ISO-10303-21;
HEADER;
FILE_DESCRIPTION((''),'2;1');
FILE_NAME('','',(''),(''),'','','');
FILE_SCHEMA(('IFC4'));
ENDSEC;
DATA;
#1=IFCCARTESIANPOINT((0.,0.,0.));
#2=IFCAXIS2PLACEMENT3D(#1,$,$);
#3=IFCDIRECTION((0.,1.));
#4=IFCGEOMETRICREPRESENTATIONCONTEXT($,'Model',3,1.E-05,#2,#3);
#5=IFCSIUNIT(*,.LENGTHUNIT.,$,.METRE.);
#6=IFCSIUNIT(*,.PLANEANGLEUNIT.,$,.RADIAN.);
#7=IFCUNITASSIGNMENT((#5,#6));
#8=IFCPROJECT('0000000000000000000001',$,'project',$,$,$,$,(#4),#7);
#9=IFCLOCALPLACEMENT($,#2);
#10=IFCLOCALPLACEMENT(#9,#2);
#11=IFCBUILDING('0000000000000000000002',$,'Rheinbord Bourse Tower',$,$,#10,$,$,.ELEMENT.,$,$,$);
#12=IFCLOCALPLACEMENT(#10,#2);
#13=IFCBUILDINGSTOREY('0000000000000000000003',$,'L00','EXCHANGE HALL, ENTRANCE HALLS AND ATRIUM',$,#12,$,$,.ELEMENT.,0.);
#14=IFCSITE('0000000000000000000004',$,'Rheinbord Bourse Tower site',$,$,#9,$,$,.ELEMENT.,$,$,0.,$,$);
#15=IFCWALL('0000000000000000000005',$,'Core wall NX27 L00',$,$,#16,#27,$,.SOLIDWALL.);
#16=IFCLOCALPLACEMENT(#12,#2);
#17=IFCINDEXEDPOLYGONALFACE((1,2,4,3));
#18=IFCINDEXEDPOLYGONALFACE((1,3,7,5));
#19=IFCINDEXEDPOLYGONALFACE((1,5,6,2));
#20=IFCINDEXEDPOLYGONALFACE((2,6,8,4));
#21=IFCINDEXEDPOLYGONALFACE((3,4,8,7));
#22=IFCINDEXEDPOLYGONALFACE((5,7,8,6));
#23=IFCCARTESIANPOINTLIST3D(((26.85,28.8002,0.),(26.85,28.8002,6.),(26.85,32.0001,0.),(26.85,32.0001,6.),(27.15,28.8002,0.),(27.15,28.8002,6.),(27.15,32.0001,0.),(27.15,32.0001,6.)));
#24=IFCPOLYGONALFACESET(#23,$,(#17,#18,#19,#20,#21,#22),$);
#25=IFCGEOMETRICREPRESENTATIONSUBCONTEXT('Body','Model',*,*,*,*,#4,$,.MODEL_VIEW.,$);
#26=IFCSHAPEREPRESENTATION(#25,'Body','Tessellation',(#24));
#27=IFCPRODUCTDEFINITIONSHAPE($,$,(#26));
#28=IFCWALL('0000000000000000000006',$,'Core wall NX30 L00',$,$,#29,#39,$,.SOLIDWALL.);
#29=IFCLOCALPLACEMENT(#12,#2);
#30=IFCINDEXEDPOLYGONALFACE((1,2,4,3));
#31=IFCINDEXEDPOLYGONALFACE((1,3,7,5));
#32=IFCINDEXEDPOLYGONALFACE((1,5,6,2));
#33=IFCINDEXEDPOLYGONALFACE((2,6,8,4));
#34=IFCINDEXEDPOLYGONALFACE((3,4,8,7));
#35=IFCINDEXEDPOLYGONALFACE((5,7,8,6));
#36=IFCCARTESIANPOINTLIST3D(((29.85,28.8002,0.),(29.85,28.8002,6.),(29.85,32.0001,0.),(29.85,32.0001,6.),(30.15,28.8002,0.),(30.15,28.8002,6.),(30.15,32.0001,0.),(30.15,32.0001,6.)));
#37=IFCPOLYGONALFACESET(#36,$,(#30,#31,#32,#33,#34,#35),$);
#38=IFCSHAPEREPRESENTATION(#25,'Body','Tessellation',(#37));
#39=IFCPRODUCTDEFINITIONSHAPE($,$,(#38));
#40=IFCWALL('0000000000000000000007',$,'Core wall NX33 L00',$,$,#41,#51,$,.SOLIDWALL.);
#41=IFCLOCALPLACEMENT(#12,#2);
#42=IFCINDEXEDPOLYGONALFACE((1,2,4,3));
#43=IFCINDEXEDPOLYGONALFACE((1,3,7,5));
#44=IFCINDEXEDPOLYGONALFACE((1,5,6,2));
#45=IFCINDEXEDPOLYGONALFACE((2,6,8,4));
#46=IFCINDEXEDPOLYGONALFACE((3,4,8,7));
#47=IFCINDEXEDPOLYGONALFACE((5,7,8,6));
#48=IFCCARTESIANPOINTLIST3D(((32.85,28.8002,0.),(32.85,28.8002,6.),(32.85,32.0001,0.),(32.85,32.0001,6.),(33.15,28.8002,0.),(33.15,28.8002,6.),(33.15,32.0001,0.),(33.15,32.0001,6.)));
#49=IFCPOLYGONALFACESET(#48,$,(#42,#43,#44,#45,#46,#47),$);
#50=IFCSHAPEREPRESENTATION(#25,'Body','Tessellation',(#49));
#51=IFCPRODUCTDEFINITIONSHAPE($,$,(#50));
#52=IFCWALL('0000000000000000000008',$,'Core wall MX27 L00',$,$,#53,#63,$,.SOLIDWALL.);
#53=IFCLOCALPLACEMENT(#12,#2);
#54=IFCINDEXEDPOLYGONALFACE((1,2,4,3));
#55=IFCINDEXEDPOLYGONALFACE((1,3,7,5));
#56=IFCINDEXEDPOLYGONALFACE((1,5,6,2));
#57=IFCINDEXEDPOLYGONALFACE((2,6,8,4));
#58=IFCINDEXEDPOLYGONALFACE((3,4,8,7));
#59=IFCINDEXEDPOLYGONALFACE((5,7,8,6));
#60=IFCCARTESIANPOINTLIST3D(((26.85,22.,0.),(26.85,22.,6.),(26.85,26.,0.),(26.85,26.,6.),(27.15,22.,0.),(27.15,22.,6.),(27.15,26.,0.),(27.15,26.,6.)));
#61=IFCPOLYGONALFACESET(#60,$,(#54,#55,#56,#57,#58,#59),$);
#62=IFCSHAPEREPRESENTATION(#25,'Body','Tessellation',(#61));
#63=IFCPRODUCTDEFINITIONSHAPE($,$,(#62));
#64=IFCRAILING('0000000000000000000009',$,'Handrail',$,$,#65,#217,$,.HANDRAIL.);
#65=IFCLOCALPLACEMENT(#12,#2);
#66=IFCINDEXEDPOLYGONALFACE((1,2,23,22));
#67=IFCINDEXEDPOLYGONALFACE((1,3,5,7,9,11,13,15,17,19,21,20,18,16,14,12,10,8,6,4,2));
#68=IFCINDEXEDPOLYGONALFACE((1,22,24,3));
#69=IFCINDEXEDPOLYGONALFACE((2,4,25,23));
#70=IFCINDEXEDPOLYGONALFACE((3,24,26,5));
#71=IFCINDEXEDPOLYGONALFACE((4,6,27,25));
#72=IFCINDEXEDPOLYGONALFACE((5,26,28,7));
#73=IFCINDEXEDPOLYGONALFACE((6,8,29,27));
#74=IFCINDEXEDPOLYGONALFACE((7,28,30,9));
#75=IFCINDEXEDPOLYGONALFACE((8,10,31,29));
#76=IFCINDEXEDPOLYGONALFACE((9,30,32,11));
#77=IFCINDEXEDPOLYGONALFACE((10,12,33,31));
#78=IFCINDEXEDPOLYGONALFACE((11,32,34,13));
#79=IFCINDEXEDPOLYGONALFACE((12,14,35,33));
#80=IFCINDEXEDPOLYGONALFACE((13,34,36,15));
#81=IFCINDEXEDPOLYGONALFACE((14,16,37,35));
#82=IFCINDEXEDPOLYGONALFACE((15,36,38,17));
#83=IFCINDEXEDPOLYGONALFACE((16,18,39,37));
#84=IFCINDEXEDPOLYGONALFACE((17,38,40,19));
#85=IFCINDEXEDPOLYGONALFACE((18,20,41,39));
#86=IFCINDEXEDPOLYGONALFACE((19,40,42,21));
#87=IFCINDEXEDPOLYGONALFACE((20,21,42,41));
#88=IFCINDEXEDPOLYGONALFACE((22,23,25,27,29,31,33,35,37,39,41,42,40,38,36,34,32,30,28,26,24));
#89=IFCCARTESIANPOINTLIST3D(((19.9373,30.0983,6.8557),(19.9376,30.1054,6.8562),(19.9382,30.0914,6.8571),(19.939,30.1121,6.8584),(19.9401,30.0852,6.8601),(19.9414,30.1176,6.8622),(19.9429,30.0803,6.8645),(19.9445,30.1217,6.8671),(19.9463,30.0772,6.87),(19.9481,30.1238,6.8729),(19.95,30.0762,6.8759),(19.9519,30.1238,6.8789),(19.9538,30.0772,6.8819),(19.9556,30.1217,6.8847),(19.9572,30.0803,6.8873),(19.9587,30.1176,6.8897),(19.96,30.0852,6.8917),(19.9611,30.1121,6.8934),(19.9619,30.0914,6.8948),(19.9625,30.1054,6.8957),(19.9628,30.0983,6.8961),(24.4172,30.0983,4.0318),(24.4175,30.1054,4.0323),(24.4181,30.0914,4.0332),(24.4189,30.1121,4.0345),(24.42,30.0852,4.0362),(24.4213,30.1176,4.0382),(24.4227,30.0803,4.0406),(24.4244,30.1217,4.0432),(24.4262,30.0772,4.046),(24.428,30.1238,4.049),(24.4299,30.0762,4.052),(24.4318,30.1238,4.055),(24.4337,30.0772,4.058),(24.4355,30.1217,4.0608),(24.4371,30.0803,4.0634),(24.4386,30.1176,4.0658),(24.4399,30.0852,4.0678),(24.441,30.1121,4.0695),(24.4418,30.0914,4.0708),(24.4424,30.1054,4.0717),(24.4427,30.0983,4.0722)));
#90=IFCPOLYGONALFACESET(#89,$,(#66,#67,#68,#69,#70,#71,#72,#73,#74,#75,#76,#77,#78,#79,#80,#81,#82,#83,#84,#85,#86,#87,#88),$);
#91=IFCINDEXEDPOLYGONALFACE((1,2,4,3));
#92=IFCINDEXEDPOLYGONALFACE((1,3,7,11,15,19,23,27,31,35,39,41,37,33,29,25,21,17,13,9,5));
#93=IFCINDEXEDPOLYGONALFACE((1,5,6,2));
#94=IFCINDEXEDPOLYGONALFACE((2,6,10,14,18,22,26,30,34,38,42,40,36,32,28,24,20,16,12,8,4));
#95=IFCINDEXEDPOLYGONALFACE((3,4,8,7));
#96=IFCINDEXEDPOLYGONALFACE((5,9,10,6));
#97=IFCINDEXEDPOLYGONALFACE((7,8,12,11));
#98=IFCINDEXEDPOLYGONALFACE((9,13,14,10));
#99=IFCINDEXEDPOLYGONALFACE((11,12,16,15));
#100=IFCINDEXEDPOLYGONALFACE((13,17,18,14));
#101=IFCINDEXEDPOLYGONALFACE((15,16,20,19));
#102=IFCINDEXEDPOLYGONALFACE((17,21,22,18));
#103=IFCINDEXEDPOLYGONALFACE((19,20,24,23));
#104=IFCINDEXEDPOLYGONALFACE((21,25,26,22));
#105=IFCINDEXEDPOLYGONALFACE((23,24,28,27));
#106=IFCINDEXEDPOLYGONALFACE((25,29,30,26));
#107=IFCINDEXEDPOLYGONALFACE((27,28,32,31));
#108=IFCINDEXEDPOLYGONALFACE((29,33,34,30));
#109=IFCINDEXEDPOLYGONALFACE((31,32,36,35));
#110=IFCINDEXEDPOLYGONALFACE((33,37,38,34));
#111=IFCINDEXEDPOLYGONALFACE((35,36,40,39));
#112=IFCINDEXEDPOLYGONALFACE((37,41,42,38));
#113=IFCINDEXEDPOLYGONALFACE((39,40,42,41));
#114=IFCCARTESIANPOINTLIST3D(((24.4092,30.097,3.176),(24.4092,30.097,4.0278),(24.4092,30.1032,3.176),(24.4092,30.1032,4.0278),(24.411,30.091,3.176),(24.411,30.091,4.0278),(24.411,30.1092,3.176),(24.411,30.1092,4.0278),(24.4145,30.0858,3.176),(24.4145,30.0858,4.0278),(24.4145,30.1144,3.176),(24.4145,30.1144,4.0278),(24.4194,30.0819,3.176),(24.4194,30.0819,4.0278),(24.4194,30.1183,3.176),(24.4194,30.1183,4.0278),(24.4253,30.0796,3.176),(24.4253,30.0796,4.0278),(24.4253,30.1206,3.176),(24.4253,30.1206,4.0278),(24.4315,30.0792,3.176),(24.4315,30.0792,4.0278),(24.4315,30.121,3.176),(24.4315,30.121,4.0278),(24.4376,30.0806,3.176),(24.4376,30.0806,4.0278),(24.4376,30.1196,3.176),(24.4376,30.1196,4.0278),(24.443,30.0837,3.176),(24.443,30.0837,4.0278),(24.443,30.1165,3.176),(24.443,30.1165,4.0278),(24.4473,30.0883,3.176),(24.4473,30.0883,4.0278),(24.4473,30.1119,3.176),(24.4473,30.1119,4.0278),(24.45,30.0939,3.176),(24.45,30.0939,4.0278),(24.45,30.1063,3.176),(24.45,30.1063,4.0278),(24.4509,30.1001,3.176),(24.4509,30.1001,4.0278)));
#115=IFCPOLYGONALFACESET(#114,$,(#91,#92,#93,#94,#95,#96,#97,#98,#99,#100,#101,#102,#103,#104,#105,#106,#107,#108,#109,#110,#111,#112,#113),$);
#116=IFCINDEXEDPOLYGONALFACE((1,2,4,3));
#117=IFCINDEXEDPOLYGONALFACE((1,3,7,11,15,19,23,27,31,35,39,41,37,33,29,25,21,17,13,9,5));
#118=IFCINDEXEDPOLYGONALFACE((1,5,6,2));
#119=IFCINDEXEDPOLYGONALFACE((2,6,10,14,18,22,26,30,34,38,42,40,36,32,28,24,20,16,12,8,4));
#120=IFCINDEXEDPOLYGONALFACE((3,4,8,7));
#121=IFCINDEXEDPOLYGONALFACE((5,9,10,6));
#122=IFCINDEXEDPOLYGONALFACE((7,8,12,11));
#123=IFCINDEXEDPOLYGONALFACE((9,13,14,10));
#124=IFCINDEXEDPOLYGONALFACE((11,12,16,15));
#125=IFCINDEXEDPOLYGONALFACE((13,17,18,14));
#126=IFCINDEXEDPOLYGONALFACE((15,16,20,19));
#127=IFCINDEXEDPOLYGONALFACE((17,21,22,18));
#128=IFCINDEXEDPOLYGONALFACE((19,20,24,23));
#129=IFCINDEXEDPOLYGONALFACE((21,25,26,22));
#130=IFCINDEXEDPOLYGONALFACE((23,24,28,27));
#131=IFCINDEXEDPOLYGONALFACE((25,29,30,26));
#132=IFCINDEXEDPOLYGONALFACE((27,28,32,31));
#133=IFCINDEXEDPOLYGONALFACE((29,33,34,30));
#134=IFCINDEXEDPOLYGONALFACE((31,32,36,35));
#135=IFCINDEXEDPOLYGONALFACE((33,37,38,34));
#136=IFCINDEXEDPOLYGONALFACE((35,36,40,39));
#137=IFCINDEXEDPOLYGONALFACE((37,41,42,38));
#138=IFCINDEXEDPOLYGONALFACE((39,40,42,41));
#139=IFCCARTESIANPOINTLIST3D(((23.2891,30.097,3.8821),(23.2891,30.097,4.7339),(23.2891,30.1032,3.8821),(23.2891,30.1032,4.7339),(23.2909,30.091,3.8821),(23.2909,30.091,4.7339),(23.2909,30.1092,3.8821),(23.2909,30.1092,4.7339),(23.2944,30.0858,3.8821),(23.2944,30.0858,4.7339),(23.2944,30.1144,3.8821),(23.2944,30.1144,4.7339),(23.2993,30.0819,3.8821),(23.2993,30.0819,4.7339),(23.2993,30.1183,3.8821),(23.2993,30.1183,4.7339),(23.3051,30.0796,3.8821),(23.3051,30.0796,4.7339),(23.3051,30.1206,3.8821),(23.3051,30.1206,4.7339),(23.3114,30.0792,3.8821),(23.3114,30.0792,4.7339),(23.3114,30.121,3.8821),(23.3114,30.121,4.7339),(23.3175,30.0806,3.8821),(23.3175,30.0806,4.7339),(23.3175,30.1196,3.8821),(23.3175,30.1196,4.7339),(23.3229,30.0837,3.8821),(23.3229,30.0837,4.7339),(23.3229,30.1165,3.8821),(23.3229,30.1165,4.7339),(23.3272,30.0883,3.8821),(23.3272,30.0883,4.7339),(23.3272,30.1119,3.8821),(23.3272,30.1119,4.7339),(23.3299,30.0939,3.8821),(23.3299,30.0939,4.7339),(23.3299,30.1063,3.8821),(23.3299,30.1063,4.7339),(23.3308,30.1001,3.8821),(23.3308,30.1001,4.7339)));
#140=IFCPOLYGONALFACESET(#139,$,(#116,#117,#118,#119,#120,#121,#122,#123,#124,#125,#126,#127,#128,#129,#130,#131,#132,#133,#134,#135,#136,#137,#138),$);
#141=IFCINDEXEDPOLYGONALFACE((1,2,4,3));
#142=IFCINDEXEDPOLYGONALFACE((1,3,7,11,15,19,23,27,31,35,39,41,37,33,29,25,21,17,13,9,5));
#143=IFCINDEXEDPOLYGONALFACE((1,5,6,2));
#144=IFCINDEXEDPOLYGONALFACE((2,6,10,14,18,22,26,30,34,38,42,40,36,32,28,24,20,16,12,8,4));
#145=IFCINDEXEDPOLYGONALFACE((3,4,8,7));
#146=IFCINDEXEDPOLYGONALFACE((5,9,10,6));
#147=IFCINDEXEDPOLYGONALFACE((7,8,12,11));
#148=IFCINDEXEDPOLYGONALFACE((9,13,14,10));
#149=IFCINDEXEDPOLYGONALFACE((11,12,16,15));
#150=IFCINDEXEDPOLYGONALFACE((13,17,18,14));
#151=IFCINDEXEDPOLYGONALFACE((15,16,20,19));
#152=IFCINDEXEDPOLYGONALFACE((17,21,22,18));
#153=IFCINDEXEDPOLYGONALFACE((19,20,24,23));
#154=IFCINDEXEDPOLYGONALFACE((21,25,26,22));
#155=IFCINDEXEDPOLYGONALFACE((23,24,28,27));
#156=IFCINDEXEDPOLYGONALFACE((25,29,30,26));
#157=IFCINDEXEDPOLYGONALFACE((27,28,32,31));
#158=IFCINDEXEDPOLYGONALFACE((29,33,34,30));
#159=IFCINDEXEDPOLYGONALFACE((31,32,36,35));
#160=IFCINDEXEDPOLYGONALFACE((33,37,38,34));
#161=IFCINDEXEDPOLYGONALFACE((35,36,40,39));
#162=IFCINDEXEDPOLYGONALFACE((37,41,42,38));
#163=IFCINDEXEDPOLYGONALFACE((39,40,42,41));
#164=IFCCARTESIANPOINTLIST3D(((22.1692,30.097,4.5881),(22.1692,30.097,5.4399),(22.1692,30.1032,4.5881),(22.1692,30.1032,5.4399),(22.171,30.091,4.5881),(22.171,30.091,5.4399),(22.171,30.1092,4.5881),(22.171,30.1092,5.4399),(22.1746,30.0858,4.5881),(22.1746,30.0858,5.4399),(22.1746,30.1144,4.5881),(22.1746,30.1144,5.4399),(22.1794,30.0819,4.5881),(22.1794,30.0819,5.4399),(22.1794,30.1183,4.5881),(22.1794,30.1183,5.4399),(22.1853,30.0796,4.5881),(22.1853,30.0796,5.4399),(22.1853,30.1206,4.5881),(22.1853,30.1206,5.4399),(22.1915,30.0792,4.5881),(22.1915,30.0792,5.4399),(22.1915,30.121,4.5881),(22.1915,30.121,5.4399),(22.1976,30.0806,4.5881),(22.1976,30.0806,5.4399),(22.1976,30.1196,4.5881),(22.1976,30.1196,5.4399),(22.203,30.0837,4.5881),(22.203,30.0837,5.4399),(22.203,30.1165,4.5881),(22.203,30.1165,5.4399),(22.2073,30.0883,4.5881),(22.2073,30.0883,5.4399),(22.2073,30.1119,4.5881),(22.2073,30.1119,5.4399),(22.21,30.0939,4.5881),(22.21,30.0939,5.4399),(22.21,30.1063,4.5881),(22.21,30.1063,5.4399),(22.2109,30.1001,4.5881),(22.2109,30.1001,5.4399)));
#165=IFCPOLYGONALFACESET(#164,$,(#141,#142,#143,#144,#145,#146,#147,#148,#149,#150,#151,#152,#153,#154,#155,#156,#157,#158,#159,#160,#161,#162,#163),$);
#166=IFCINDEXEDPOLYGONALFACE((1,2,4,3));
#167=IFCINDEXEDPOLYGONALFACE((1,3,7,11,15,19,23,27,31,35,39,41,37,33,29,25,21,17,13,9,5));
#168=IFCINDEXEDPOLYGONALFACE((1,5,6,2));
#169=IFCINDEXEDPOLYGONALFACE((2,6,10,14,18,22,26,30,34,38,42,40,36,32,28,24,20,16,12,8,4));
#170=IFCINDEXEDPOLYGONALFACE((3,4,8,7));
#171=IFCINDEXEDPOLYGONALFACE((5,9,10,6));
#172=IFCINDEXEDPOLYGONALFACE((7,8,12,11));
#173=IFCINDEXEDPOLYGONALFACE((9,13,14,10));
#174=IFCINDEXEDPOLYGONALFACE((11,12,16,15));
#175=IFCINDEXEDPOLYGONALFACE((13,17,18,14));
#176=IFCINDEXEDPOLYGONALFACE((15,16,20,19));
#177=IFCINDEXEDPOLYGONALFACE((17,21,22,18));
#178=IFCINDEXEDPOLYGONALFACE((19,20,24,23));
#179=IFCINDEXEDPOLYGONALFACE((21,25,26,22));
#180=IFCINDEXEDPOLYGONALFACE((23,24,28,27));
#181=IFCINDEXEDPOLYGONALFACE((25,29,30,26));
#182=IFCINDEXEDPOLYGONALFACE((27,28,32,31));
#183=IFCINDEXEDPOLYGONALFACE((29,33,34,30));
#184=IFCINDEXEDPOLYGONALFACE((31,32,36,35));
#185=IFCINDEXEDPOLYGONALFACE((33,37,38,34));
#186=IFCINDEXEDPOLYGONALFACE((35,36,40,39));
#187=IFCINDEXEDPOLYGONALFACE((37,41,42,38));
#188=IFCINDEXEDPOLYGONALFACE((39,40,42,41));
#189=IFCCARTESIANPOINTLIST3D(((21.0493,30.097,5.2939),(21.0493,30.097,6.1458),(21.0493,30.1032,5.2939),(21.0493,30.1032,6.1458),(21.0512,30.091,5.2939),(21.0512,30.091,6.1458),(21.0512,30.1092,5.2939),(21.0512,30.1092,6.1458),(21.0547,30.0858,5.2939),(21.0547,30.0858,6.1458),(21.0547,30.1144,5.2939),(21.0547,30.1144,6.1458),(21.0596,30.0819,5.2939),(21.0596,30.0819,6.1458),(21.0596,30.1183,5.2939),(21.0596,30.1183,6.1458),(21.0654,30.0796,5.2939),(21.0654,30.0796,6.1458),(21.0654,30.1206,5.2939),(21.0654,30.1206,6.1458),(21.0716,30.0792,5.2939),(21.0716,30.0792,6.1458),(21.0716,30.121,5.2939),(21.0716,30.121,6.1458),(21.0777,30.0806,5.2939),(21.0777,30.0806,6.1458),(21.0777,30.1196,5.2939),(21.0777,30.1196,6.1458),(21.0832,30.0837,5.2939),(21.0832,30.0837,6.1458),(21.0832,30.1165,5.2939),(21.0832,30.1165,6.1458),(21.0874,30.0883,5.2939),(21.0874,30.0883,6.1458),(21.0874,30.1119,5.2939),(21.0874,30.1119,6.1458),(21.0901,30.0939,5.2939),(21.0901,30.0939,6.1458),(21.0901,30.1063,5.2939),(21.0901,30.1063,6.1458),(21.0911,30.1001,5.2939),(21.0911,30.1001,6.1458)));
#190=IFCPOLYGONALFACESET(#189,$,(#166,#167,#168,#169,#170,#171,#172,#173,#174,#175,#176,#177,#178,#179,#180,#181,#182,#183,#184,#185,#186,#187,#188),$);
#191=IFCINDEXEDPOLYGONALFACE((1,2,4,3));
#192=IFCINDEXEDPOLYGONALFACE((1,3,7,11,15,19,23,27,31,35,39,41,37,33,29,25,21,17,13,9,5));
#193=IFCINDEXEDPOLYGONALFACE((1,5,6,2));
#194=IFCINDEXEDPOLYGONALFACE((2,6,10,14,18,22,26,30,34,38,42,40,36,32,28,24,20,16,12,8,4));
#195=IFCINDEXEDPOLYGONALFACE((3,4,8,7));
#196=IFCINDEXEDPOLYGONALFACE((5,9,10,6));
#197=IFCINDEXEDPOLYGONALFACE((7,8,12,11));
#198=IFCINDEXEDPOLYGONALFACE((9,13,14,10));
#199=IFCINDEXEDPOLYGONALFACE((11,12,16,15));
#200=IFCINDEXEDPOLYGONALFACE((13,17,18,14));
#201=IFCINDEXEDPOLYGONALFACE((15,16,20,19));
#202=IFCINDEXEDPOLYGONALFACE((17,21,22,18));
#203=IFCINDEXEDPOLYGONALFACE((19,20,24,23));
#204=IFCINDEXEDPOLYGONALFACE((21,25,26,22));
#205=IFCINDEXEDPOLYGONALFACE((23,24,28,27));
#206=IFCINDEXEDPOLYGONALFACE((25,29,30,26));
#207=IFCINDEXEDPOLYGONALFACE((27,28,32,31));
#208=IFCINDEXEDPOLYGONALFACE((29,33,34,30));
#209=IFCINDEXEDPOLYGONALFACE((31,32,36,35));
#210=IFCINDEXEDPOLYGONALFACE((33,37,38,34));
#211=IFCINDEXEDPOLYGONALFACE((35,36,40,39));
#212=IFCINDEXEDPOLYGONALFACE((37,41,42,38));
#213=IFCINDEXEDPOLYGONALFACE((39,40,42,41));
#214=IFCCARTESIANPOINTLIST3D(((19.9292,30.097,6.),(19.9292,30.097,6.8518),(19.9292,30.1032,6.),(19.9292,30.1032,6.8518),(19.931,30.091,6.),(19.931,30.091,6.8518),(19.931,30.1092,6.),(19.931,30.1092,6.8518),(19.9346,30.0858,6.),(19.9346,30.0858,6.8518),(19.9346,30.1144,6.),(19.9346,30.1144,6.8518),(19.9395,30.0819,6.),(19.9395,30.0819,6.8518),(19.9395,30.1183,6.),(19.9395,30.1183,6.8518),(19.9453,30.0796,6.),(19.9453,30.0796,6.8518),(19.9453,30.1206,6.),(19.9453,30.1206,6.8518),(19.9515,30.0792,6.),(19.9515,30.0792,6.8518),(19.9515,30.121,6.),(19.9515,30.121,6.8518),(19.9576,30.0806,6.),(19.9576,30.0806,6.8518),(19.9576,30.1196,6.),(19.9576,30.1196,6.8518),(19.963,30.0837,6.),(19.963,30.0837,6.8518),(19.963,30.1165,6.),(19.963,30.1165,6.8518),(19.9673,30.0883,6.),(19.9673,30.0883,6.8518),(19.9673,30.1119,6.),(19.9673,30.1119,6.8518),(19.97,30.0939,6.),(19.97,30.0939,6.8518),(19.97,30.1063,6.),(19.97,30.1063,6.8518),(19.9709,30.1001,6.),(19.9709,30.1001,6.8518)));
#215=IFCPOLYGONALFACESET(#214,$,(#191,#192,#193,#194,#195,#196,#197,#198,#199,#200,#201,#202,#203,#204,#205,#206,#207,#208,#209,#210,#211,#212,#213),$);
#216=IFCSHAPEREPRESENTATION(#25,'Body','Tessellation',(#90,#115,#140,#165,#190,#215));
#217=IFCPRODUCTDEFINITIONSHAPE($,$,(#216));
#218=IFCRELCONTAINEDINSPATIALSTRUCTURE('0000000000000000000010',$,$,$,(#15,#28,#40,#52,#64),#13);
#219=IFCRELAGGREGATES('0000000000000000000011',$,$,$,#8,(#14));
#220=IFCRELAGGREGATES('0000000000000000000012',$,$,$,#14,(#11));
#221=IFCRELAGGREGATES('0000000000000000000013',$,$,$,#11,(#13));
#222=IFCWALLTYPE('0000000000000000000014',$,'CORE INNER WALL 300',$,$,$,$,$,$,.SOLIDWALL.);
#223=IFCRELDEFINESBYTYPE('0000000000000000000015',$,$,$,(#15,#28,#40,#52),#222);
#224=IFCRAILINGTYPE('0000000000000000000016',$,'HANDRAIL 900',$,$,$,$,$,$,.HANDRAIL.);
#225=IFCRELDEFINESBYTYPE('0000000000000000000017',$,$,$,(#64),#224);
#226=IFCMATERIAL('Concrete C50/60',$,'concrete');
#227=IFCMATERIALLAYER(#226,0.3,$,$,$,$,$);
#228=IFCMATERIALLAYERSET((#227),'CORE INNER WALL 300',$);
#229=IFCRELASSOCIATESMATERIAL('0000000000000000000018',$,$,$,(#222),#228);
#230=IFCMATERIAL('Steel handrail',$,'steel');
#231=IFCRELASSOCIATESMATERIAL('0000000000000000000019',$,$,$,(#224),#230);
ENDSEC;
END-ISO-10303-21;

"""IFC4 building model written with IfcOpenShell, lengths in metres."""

from ifc_helpers import new_model, si_unit, direction, frame, frame_2d, origin, origin_2d, place, context, subcontext, project, spatial, rectangle, circle, extrude, material, layer, layer_set, type_object, element, save


model = new_model("IFC4")

# Units and contexts
model_context = context("Model", 3, precision=1e-05, world=origin(), true_north=direction((0.0, 1.0)))
body_context = subcontext(model_context, "Body", "Model", "MODEL_VIEW")
ifc_project = project(units=[si_unit("LENGTHUNIT", "METRE"), si_unit("PLANEANGLEUNIT", "RADIAN")], contexts=[model_context])

# Site, building, storey
site_placement = place(None, origin())
site = spatial("IfcSite", under=ifc_project, at=site_placement, Name="Rheinbord Bourse Tower site", CompositionType="ELEMENT", RefElevation=0.0)
building_placement = place(site_placement, origin())
building = spatial("IfcBuilding", under=site, at=building_placement, Name="Rheinbord Bourse Tower", CompositionType="ELEMENT")
storey_placement = place(building_placement, origin())
storey = spatial("IfcBuildingStorey", under=building, at=storey_placement, Name="L00", Description="EXCHANGE HALL, ENTRANCE HALLS AND ATRIUM", CompositionType="ELEMENT", Elevation=0.0)

# Shared definitions
ifc_material_1 = material(Name="Concrete C50/60", Category="concrete")
ifc_layer = layer(ifc_material_1, 0.3)
ifc_layer_set = layer_set([ifc_layer], Name="CORE INNER WALL 300")
wall_type = type_object("IfcWallType", Name="CORE INNER WALL 300", PredefinedType="SOLIDWALL", material=ifc_layer_set)

# Walls
for number, where, z_axis, x_axis, name in (
    (1, (27.0, 28.8, 0.0), (0.0, 0.0, 1.0), (0.0, 1.0, 0.0), "Core wall NX27 L00"),
    (2, (30.0, 28.8, 0.0), (0.0, 0.0, 1.0), (0.0, 1.0, 0.0), "Core wall NX30 L00"),
    (3, (33.0, 28.8, 0.0), (0.0, 0.0, 1.0), (0.0, 1.0, 0.0), "Core wall NX33 L00"),
):
    element("IfcWall", number, at=place(storey_placement, frame(where, z_axis=z_axis, x_axis=x_axis)), inside=storey, type_object=wall_type, Name=name, PredefinedType="SOLIDWALL", context=body_context, shape_type="SweptSolid", body=[
        extrude(rectangle(XDim=3.2, YDim=0.3, at=frame_2d((1.6001, 0.0))), origin(), (0.0, 0.0, 1.0), 6.0),
    ])
wall_1_placement = place(storey_placement, frame((27.0, 22.0, 0.0), z_axis=(0.0, 0.0, 1.0), x_axis=(0.0, 1.0, 0.0)))
element("IfcWall", 4, at=wall_1_placement, inside=storey, type_object=wall_type, Name="Core wall MX27 L00", PredefinedType="SOLIDWALL", context=body_context, shape_type="SweptSolid", body=[
    extrude(rectangle(XDim=4.0, YDim=0.3, at=frame_2d((2.0, 0.0))), origin(), (0.0, 0.0, 1.0), 6.0),
])

# Railing
ifc_material_2 = material(Name="Steel handrail", Category="steel")
railing_type = type_object("IfcRailingType", Name="HANDRAIL 900", PredefinedType="HANDRAIL", material=ifc_material_2)
railing_placement = place(storey_placement, frame((24.4299, 30.1001, 3.176)))
element("IfcRailing", 5, at=railing_placement, inside=storey, type_object=railing_type, Name="Handrail", PredefinedType="HANDRAIL", context=body_context, shape_type="SweptSolid", body=[
    extrude(circle(Radius=0.0239, at=origin_2d()), frame((0.0, 0.0, 0.876), z_axis=(-0.845956, 0.0, 0.533252), x_axis=(0.0, -1.0, 0.0)), (0.0, 0.0, 1.0), 5.2957),
    extrude(circle(Radius=0.021, at=origin_2d()), origin(), (0.0, 0.0, 1.0), 0.8518),
    extrude(circle(Radius=0.021, at=origin_2d()), frame((-1.1201, 0.0, 0.7061)), (0.0, 0.0, 1.0), 0.8518),
    extrude(circle(Radius=0.021, at=origin_2d()), frame((-2.24, 0.0, 1.4121)), (0.0, 0.0, 1.0), 0.8518),
    extrude(circle(Radius=0.021, at=origin_2d()), frame((-3.3599, 0.0, 2.1179)), (0.0, 0.0, 1.0), 0.8518),
    extrude(circle(Radius=0.021, at=origin_2d()), frame((-4.48, 0.0, 2.824)), (0.0, 0.0, 1.0), 0.8518),
])

save(model, "model.ifc")
